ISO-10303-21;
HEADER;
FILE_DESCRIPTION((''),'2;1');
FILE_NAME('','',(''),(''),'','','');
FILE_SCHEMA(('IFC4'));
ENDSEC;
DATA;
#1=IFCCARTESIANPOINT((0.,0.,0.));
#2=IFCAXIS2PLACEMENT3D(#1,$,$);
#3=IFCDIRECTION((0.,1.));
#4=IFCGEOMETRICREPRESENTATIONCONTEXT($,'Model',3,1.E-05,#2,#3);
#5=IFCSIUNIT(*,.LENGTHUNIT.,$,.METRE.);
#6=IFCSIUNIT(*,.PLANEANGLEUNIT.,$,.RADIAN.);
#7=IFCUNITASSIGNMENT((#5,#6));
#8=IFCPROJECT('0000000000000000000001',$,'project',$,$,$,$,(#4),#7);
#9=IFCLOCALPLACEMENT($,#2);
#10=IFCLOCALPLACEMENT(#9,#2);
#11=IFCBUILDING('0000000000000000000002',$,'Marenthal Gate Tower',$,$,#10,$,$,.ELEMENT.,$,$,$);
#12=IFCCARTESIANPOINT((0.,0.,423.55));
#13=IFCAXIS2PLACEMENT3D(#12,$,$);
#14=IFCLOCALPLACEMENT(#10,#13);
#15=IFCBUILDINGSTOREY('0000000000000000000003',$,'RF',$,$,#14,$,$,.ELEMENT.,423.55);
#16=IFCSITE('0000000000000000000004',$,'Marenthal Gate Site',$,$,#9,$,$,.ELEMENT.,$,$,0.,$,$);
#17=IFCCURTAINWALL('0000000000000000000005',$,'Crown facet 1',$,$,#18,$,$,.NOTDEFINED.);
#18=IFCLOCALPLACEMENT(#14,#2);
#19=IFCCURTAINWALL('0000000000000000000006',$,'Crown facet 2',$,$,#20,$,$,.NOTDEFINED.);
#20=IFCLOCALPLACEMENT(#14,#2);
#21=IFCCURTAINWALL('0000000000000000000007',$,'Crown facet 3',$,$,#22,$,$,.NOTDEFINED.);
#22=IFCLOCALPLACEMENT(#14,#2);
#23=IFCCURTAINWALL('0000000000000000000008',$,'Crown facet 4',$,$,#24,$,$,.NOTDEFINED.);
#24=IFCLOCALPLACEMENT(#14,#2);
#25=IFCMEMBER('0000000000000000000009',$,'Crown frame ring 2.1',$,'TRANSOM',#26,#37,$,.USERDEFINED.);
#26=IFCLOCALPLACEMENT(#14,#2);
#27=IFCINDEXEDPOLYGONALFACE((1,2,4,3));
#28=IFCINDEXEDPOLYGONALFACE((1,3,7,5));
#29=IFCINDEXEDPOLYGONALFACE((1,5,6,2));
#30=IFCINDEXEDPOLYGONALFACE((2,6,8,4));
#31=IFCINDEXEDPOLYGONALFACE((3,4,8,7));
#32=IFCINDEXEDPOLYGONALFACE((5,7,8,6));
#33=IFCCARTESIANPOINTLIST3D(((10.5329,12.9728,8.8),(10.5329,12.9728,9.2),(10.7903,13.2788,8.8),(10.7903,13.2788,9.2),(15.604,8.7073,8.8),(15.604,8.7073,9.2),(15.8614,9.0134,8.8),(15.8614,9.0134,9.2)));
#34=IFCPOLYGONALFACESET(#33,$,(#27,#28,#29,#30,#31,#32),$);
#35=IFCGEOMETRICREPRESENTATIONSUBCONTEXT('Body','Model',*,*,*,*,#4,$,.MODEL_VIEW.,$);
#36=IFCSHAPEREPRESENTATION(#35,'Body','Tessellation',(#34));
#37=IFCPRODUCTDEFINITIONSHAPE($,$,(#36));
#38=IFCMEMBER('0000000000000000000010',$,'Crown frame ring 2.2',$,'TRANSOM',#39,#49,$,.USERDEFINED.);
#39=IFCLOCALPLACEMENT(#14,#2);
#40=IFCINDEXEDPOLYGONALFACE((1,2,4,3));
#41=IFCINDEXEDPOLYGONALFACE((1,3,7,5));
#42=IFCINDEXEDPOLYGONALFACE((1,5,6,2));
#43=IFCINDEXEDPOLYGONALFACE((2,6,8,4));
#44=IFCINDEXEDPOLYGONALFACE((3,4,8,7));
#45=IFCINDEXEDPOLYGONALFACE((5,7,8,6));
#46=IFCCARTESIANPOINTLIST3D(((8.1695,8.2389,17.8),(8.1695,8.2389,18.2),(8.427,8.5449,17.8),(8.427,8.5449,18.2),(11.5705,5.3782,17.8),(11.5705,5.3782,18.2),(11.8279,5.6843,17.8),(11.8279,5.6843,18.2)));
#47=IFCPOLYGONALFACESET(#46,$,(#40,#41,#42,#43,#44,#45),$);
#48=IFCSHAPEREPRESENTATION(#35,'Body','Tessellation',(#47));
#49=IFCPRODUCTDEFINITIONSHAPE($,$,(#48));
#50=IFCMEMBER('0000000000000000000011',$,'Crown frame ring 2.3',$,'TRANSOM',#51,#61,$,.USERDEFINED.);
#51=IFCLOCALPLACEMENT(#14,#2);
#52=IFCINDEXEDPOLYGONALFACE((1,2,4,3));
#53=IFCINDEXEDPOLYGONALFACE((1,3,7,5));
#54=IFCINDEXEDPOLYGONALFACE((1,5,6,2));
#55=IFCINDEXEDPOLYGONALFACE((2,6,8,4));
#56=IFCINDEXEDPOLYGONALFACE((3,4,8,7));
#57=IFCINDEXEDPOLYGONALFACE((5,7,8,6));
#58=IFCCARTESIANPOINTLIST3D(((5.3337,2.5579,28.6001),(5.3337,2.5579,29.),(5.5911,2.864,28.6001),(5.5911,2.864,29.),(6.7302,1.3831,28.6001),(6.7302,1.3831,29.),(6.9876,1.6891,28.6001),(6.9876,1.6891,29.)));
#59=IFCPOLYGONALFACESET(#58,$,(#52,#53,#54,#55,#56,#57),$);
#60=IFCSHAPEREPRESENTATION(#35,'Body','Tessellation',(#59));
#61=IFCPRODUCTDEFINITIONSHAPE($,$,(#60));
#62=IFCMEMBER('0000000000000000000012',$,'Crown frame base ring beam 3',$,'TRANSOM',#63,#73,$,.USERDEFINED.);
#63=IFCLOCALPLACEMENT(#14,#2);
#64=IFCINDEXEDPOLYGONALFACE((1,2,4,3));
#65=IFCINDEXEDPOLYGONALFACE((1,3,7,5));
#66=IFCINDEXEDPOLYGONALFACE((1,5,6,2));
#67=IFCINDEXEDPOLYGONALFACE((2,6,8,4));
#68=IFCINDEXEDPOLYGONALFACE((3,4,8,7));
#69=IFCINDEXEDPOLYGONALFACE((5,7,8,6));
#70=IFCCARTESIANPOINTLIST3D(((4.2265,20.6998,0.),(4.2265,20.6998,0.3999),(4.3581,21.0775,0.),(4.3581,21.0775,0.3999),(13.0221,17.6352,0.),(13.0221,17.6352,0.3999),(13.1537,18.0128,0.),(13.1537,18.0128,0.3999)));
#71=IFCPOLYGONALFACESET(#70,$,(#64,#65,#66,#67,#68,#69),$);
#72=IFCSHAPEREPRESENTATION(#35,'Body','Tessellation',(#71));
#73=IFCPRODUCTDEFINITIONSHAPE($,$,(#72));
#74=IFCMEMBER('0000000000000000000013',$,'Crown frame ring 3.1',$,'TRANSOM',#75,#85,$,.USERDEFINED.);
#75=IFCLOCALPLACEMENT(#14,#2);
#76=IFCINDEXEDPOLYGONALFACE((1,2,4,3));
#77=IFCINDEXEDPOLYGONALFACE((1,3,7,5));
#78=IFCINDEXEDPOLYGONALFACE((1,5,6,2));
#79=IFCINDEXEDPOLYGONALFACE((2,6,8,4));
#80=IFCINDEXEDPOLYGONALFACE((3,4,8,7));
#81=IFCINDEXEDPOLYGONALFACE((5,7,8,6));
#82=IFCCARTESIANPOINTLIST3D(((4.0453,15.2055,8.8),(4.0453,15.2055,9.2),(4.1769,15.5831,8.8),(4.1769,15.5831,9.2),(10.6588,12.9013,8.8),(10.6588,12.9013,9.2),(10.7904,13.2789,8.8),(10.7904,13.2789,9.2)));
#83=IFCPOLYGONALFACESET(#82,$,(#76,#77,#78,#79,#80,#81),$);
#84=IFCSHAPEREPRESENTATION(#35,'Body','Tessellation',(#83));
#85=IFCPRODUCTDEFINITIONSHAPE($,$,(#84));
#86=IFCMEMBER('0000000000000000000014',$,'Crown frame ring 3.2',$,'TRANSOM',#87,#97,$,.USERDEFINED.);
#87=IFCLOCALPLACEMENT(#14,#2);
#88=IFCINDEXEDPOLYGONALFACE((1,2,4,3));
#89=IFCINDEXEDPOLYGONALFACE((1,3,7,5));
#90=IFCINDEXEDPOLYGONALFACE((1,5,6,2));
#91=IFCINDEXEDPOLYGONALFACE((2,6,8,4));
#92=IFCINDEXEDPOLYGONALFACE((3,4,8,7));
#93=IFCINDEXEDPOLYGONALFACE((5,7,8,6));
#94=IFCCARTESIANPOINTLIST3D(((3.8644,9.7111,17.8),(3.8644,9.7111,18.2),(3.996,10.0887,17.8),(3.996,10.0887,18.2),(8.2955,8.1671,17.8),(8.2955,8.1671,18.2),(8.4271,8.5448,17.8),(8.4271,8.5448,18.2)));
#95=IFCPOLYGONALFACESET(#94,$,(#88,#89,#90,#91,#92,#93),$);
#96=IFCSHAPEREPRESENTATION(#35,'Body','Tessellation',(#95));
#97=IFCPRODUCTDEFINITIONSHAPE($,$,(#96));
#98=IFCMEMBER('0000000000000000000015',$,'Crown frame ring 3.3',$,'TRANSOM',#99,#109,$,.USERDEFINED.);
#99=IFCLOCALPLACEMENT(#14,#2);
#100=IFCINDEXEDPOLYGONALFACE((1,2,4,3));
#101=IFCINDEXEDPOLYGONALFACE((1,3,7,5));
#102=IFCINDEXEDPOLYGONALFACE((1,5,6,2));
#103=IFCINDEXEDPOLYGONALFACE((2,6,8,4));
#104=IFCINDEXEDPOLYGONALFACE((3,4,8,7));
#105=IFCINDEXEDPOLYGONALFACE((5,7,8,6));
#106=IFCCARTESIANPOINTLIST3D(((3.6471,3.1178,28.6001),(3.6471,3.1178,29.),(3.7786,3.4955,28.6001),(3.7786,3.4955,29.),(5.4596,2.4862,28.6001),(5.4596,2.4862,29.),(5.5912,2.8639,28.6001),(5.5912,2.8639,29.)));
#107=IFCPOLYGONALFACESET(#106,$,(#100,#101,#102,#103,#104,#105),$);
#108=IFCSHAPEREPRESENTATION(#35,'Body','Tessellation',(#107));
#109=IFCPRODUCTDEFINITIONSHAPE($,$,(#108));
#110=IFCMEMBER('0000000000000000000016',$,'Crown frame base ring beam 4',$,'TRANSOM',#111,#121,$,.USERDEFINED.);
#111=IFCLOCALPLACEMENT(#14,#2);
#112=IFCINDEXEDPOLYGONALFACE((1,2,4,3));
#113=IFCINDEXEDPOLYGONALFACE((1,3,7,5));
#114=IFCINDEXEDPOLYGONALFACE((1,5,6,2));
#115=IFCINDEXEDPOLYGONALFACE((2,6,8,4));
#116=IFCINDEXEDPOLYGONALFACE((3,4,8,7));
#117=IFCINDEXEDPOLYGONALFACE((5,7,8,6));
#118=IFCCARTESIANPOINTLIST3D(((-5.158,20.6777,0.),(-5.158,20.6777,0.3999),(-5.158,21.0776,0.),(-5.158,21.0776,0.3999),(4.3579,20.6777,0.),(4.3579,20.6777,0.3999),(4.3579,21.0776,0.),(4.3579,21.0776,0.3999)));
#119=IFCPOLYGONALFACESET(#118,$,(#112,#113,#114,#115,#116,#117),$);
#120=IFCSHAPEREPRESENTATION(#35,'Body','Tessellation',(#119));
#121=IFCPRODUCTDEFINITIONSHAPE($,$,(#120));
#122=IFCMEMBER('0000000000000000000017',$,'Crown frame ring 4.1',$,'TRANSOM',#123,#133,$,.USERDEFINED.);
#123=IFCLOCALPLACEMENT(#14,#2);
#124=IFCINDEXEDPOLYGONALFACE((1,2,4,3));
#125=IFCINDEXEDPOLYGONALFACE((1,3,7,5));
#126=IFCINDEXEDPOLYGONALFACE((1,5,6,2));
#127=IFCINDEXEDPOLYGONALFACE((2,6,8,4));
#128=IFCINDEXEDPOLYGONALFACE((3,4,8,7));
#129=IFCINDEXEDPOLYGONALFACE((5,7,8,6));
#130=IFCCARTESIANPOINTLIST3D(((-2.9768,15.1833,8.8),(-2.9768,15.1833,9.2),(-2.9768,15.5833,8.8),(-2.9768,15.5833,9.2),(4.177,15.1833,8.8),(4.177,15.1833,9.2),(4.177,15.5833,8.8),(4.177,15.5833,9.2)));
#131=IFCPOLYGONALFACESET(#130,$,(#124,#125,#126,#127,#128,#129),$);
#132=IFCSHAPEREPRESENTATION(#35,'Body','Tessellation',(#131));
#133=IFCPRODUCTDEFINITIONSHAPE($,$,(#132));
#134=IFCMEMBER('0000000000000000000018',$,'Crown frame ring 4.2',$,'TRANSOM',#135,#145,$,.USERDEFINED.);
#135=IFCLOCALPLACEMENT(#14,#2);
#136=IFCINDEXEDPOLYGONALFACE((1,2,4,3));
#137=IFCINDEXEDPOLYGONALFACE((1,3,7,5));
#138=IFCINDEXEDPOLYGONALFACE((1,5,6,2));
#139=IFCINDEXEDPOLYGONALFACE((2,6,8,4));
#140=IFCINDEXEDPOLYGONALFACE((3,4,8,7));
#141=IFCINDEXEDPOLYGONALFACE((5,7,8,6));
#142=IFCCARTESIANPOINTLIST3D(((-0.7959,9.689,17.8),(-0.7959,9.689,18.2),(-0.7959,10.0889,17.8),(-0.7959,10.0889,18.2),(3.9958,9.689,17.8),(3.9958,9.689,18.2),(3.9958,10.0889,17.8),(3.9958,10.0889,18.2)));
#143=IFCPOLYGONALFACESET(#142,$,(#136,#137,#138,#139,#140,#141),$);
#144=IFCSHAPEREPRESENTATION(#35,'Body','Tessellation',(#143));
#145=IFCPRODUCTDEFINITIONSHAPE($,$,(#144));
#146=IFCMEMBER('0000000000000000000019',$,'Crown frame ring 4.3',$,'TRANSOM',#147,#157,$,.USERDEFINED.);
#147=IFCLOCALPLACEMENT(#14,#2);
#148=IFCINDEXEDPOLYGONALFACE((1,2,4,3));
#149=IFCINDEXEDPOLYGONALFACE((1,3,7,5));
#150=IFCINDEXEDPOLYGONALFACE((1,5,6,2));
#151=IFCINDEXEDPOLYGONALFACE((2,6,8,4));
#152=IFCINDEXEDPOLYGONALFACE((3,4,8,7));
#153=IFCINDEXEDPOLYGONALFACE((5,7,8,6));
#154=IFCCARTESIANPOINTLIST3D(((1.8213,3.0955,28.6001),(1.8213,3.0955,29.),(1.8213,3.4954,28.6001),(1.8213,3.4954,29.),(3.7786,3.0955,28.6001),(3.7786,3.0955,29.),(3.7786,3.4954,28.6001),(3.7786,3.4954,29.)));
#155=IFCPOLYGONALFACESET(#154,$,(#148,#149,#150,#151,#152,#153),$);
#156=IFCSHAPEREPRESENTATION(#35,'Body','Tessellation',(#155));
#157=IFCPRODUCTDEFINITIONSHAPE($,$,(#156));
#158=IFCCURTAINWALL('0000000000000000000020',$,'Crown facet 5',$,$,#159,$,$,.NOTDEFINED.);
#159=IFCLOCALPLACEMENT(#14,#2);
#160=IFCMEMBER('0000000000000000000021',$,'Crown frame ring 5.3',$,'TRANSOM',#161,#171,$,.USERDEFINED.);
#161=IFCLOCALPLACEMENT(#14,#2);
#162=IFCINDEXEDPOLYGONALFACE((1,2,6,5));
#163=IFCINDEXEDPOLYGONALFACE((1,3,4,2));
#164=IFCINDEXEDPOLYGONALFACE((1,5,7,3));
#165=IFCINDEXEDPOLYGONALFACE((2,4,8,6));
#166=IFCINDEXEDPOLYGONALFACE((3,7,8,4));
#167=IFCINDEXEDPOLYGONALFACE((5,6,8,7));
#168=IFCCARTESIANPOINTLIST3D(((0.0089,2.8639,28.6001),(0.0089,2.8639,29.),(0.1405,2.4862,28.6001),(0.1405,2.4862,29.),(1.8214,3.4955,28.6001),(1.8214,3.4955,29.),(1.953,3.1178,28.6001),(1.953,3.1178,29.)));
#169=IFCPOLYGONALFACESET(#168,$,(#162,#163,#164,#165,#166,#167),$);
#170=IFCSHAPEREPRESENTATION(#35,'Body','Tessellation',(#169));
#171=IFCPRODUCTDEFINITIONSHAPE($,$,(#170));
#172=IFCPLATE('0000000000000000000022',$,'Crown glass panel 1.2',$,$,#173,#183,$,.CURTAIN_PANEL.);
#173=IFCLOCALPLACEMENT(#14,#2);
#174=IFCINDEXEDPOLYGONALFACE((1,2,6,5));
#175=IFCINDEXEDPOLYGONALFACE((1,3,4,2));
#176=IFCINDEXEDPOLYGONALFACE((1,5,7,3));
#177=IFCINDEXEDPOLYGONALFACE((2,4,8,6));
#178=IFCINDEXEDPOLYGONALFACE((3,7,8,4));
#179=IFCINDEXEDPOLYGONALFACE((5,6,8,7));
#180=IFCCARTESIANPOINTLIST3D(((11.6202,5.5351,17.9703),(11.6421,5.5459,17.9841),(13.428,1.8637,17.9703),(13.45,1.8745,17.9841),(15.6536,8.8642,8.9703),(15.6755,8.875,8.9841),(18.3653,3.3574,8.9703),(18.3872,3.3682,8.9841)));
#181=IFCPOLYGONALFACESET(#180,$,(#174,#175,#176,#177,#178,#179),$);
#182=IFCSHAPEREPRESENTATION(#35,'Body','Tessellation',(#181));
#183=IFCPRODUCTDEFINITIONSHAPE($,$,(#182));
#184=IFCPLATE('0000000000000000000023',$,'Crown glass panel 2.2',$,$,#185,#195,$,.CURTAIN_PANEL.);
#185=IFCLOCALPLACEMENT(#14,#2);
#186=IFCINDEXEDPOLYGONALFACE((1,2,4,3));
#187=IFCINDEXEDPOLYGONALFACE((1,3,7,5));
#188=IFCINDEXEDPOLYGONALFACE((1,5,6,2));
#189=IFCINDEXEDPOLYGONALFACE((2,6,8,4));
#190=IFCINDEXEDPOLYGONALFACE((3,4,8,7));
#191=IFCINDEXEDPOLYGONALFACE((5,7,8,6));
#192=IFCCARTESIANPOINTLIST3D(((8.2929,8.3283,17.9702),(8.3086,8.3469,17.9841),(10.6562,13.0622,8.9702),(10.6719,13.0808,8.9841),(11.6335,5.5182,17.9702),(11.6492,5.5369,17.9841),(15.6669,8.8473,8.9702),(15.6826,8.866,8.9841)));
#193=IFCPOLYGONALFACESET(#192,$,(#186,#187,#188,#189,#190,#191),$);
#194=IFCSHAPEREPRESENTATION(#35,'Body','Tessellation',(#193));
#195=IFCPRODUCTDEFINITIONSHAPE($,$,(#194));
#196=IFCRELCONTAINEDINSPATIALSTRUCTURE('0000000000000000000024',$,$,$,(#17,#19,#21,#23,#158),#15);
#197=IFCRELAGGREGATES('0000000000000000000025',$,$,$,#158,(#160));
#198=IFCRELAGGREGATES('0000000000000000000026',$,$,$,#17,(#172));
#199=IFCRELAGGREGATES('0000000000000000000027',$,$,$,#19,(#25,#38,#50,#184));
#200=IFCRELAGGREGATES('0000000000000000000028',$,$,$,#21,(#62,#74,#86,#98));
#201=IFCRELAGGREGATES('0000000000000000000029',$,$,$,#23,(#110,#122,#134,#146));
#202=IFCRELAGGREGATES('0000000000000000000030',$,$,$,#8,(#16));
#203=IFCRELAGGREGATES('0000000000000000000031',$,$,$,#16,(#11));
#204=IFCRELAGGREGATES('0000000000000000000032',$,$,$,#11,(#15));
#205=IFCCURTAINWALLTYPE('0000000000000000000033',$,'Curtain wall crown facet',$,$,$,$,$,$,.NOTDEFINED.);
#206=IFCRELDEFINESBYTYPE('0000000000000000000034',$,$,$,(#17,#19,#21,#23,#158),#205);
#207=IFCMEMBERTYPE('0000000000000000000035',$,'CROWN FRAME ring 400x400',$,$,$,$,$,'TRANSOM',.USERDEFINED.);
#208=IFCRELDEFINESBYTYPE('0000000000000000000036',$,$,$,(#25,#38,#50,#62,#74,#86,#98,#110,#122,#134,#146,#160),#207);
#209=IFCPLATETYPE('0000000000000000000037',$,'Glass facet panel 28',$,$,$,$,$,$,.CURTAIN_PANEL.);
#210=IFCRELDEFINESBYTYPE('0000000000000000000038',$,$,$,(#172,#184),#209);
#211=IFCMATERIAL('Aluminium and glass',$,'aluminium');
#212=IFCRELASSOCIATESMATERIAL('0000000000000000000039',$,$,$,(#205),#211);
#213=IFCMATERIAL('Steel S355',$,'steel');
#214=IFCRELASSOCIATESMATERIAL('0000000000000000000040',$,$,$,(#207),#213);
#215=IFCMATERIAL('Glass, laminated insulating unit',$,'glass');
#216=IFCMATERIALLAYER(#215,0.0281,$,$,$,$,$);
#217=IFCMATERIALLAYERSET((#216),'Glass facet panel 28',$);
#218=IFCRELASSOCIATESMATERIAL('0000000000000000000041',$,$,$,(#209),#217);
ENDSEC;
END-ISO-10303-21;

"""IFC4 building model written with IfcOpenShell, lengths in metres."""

from ifc_helpers import new_model, si_unit, direction, frame, origin, origin_2d, place, context, subcontext, project, spatial, polyline, rectangle, outline, extrude, material, layer, layer_set, material_profile, profile_set, type_object, element, aggregate, save


model = new_model("IFC4")

# Units and contexts
model_context = context("Model", 3, precision=1e-05, world=origin(), true_north=direction((0.0, 1.0)))
body_context = subcontext(model_context, "Body", "Model", "MODEL_VIEW")
ifc_project = project(units=[si_unit("LENGTHUNIT", "METRE"), si_unit("PLANEANGLEUNIT", "RADIAN")], contexts=[model_context])

# Site, building, storey
site_placement = place(None, origin())
site = spatial("IfcSite", under=ifc_project, at=site_placement, Name="Marenthal Gate Site", CompositionType="ELEMENT", RefElevation=0.0)
building_placement = place(site_placement, origin())
building = spatial("IfcBuilding", under=site, at=building_placement, Name="Marenthal Gate Tower", CompositionType="ELEMENT")
storey_placement = place(building_placement, frame((0.0, 0.0, 423.55)))
storey = spatial("IfcBuildingStorey", under=building, at=storey_placement, Name="RF", CompositionType="ELEMENT", Elevation=423.55)

# Curtain walls
ifc_material_1 = material(Name="Aluminium and glass", Category="aluminium")
curtain_wall_type = type_object("IfcCurtainWallType", Name="Curtain wall crown facet", PredefinedType="NOTDEFINED", material=ifc_material_1)
curtain_wall_1_placement = place(storey_placement, origin())
curtain_wall_1 = element("IfcCurtainWall", 1, at=curtain_wall_1_placement, inside=storey, type_object=curtain_wall_type, Name="Crown facet 1", PredefinedType="NOTDEFINED")
curtain_wall_2_placement = place(storey_placement, origin())
curtain_wall_2 = element("IfcCurtainWall", 2, at=curtain_wall_2_placement, inside=storey, type_object=curtain_wall_type, Name="Crown facet 2", PredefinedType="NOTDEFINED")
curtain_wall_3_placement = place(storey_placement, origin())
curtain_wall_3 = element("IfcCurtainWall", 3, at=curtain_wall_3_placement, inside=storey, type_object=curtain_wall_type, Name="Crown facet 3", PredefinedType="NOTDEFINED")
curtain_wall_4_placement = place(storey_placement, origin())
curtain_wall_4 = element("IfcCurtainWall", 4, at=curtain_wall_4_placement, inside=storey, type_object=curtain_wall_type, Name="Crown facet 4", PredefinedType="NOTDEFINED")

# Members
ifc_material_2 = material(Name="Steel S355", Category="steel")
ifc_material_profile_1 = material_profile(ifc_material_2, rectangle(XDim=0.3999, YDim=0.3999, at=origin_2d()), Name="Crown frame ring 400x400")
ifc_profile_set_1 = profile_set([ifc_material_profile_1], Name="Steel S355")
member_type_1 = type_object("IfcMemberType", Name="CROWN FRAME ring 400x400", ElementType="TRANSOM", PredefinedType="USERDEFINED", material=ifc_profile_set_1)
member_1_placement = place(storey_placement, frame((15.7327, 8.8604, 9.0), z_axis=(-0.765281, 0.643697, 0.0), x_axis=(-0.643697, -0.765281, 0.0)))
member_1 = element("IfcMember", 5, at=member_1_placement, type_object=member_type_1, Name="Crown frame ring 2.1", ObjectType="TRANSOM", PredefinedType="USERDEFINED", context=body_context, shape_type="SweptSolid", body=[
    extrude(rectangle(XDim=0.3999, YDim=0.3999, at=origin_2d()), origin(), (0.0, 0.0, 1.0), 6.6265),
])
member_2_placement = place(storey_placement, frame((11.6992, 5.5312, 18.0), z_axis=(-0.765277, 0.643701, 0.0), x_axis=(-0.643701, -0.765277, 0.0)))
member_2 = element("IfcMember", 6, at=member_2_placement, type_object=member_type_1, Name="Crown frame ring 2.2", ObjectType="TRANSOM", PredefinedType="USERDEFINED", context=body_context, shape_type="SweptSolid", body=[
    extrude(rectangle(XDim=0.3999, YDim=0.3999, at=origin_2d()), origin(), (0.0, 0.0, 1.0), 4.4441),
])
member_3_placement = place(storey_placement, frame((6.8589, 1.5361, 28.8), z_axis=(-0.76523, 0.643757, 0.0), x_axis=(-0.643757, -0.76523, 0.0)))
member_3 = element("IfcMember", 7, at=member_3_placement, type_object=member_type_1, Name="Crown frame ring 2.3", ObjectType="TRANSOM", PredefinedType="USERDEFINED", context=body_context, shape_type="SweptSolid", body=[
    extrude(rectangle(XDim=0.3999, YDim=0.3999, at=origin_2d()), origin(), (0.0, 0.0, 1.0), 1.825),
])
member_4_placement = place(storey_placement, frame((13.0879, 17.824, 0.2), z_axis=(-0.944319, 0.329032, 0.0), x_axis=(-0.329032, -0.944319, 0.0)))
member_4 = element("IfcMember", 8, at=member_4_placement, type_object=member_type_1, Name="Crown frame base ring beam 3", ObjectType="TRANSOM", PredefinedType="USERDEFINED", context=body_context, shape_type="SweptSolid", body=[
    extrude(rectangle(XDim=0.3999, YDim=0.3999, at=origin_2d()), origin(), (0.0, 0.0, 1.0), 9.3142),
])
member_5_placement = place(storey_placement, frame((10.7246, 13.0901, 9.0), z_axis=(-0.944326, 0.32901, 0.0), x_axis=(-0.32901, -0.944326, 0.0)))
member_5 = element("IfcMember", 9, at=member_5_placement, type_object=member_type_1, Name="Crown frame ring 3.1", ObjectType="TRANSOM", PredefinedType="USERDEFINED", context=body_context, shape_type="SweptSolid", body=[
    extrude(rectangle(XDim=0.3999, YDim=0.3999, at=origin_2d()), origin(), (0.0, 0.0, 1.0), 7.0034),
])
member_6_placement = place(storey_placement, frame((8.3613, 8.356, 18.0), z_axis=(-0.94432, 0.329029, 0.0), x_axis=(-0.329029, -0.94432, 0.0)))
member_6 = element("IfcMember", 10, at=member_6_placement, type_object=member_type_1, Name="Crown frame ring 3.2", ObjectType="TRANSOM", PredefinedType="USERDEFINED", context=body_context, shape_type="SweptSolid", body=[
    extrude(rectangle(XDim=0.3999, YDim=0.3999, at=origin_2d()), origin(), (0.0, 0.0, 1.0), 4.6924),
])
member_7_placement = place(storey_placement, frame((5.5254, 2.675, 28.8), z_axis=(-0.94431, 0.329058, 0.0), x_axis=(-0.329058, -0.94431, 0.0)))
member_7 = element("IfcMember", 11, at=member_7_placement, type_object=member_type_1, Name="Crown frame ring 3.3", ObjectType="TRANSOM", PredefinedType="USERDEFINED", context=body_context, shape_type="SweptSolid", body=[
    extrude(rectangle(XDim=0.3999, YDim=0.3999, at=origin_2d()), origin(), (0.0, 0.0, 1.0), 1.9194),
])
member_8_placement = place(storey_placement, frame((4.3579, 20.8777, 0.2), z_axis=(-1.0, 0.0, 0.0), x_axis=(0.0, -1.0, 0.0)))
member_8 = element("IfcMember", 12, at=member_8_placement, type_object=member_type_1, Name="Crown frame base ring beam 4", ObjectType="TRANSOM", PredefinedType="USERDEFINED", context=body_context, shape_type="SweptSolid", body=[
    extrude(rectangle(XDim=0.3999, YDim=0.3999, at=origin_2d()), origin(), (0.0, 0.0, 1.0), 9.5159),
])
member_9_placement = place(storey_placement, frame((4.177, 15.3833, 9.0), z_axis=(-1.0, 0.0, 0.0), x_axis=(0.0, -1.0, 0.0)))
member_9 = element("IfcMember", 13, at=member_9_placement, type_object=member_type_1, Name="Crown frame ring 4.1", ObjectType="TRANSOM", PredefinedType="USERDEFINED", context=body_context, shape_type="SweptSolid", body=[
    extrude(rectangle(XDim=0.3999, YDim=0.3999, at=origin_2d()), origin(), (0.0, 0.0, 1.0), 7.1538),
])
member_10_placement = place(storey_placement, frame((3.9958, 9.8889, 18.0), z_axis=(-1.0, 0.0, 0.0), x_axis=(0.0, -1.0, 0.0)))
member_10 = element("IfcMember", 14, at=member_10_placement, type_object=member_type_1, Name="Crown frame ring 4.2", ObjectType="TRANSOM", PredefinedType="USERDEFINED", context=body_context, shape_type="SweptSolid", body=[
    extrude(rectangle(XDim=0.3999, YDim=0.3999, at=origin_2d()), origin(), (0.0, 0.0, 1.0), 4.7917),
])
member_11_placement = place(storey_placement, frame((3.7786, 3.2954, 28.8), z_axis=(-1.0, 0.0, 0.0), x_axis=(0.0, -1.0, 0.0)))
member_11 = element("IfcMember", 15, at=member_11_placement, type_object=member_type_1, Name="Crown frame ring 4.3", ObjectType="TRANSOM", PredefinedType="USERDEFINED", context=body_context, shape_type="SweptSolid", body=[
    extrude(rectangle(XDim=0.3999, YDim=0.3999, at=origin_2d()), origin(), (0.0, 0.0, 1.0), 1.9573),
])

# Curtain wall, member
curtain_wall_5_placement = place(storey_placement, origin())
curtain_wall_5 = element("IfcCurtainWall", 16, at=curtain_wall_5_placement, inside=storey, type_object=curtain_wall_type, Name="Crown facet 5", PredefinedType="NOTDEFINED")
member_12_placement = place(storey_placement, frame((1.8872, 3.3066, 28.8), z_axis=(-0.94431, -0.329058, 0.0), x_axis=(0.329058, -0.94431, 0.0)))
member_12 = element("IfcMember", 17, at=member_12_placement, type_object=member_type_1, Name="Crown frame ring 5.3", ObjectType="TRANSOM", PredefinedType="USERDEFINED", context=body_context, shape_type="SweptSolid", body=[
    extrude(rectangle(XDim=0.3999, YDim=0.3999, at=origin_2d()), origin(), (0.0, 0.0, 1.0), 1.9194),
])
aggregate(curtain_wall_5, [member_12])

# Plates
ifc_material_3 = material(Name="Glass, laminated insulating unit", Category="glass")
ifc_layer = layer(ifc_material_3, 0.0281)
ifc_layer_set = layer_set([ifc_layer], Name="Glass facet panel 28")
plate_type = type_object("IfcPlateType", Name="Glass facet panel 28", PredefinedType="CURTAIN_PANEL", material=ifc_layer_set)
plate_1_placement = place(storey_placement, frame((18.3872, 3.3682, 8.9841), z_axis=(0.780925, 0.384542, 0.492222), x_axis=(-0.441764, 0.897131, 0.0)))
plate_1 = element("IfcPlate", 18, at=plate_1_placement, type_object=plate_type, Name="Crown glass panel 1.2", PredefinedType="CURTAIN_PANEL", context=body_context, shape_type="SweptSolid", body=[
    extrude(outline(polyline([(0.0, 0.0), (6.1383, 0.0), (4.9335, 10.3392), (0.8411, 10.3392), (0.0, 0.0)])), origin(), (0.0, 0.0, -1.0), 0.0281),
])
aggregate(curtain_wall_1, [plate_1])
plate_2_placement = place(storey_placement, frame((15.6826, 8.866, 8.9841), z_axis=(0.558873, 0.664398, 0.496222), x_axis=(-0.765264, 0.643717, 0.000003)))
plate_2 = element("IfcPlate", 19, at=plate_2_placement, type_object=plate_type, Name="Crown glass panel 2.2", PredefinedType="CURTAIN_PANEL", context=body_context, shape_type="SweptSolid", body=[
    extrude(outline(polyline([(0.0, 0.0), (6.5477, 0.0), (5.309, 10.3663), (0.9437, 10.3663), (0.0, 0.0)])), origin(), (0.0, 0.0, -1.0), 0.0281),
])
aggregate(curtain_wall_2, [member_1, member_2, member_3, plate_2])
aggregate(curtain_wall_3, [member_4, member_5, member_6, member_7])
aggregate(curtain_wall_4, [member_8, member_9, member_10, member_11])

save(model, "model.ifc")
